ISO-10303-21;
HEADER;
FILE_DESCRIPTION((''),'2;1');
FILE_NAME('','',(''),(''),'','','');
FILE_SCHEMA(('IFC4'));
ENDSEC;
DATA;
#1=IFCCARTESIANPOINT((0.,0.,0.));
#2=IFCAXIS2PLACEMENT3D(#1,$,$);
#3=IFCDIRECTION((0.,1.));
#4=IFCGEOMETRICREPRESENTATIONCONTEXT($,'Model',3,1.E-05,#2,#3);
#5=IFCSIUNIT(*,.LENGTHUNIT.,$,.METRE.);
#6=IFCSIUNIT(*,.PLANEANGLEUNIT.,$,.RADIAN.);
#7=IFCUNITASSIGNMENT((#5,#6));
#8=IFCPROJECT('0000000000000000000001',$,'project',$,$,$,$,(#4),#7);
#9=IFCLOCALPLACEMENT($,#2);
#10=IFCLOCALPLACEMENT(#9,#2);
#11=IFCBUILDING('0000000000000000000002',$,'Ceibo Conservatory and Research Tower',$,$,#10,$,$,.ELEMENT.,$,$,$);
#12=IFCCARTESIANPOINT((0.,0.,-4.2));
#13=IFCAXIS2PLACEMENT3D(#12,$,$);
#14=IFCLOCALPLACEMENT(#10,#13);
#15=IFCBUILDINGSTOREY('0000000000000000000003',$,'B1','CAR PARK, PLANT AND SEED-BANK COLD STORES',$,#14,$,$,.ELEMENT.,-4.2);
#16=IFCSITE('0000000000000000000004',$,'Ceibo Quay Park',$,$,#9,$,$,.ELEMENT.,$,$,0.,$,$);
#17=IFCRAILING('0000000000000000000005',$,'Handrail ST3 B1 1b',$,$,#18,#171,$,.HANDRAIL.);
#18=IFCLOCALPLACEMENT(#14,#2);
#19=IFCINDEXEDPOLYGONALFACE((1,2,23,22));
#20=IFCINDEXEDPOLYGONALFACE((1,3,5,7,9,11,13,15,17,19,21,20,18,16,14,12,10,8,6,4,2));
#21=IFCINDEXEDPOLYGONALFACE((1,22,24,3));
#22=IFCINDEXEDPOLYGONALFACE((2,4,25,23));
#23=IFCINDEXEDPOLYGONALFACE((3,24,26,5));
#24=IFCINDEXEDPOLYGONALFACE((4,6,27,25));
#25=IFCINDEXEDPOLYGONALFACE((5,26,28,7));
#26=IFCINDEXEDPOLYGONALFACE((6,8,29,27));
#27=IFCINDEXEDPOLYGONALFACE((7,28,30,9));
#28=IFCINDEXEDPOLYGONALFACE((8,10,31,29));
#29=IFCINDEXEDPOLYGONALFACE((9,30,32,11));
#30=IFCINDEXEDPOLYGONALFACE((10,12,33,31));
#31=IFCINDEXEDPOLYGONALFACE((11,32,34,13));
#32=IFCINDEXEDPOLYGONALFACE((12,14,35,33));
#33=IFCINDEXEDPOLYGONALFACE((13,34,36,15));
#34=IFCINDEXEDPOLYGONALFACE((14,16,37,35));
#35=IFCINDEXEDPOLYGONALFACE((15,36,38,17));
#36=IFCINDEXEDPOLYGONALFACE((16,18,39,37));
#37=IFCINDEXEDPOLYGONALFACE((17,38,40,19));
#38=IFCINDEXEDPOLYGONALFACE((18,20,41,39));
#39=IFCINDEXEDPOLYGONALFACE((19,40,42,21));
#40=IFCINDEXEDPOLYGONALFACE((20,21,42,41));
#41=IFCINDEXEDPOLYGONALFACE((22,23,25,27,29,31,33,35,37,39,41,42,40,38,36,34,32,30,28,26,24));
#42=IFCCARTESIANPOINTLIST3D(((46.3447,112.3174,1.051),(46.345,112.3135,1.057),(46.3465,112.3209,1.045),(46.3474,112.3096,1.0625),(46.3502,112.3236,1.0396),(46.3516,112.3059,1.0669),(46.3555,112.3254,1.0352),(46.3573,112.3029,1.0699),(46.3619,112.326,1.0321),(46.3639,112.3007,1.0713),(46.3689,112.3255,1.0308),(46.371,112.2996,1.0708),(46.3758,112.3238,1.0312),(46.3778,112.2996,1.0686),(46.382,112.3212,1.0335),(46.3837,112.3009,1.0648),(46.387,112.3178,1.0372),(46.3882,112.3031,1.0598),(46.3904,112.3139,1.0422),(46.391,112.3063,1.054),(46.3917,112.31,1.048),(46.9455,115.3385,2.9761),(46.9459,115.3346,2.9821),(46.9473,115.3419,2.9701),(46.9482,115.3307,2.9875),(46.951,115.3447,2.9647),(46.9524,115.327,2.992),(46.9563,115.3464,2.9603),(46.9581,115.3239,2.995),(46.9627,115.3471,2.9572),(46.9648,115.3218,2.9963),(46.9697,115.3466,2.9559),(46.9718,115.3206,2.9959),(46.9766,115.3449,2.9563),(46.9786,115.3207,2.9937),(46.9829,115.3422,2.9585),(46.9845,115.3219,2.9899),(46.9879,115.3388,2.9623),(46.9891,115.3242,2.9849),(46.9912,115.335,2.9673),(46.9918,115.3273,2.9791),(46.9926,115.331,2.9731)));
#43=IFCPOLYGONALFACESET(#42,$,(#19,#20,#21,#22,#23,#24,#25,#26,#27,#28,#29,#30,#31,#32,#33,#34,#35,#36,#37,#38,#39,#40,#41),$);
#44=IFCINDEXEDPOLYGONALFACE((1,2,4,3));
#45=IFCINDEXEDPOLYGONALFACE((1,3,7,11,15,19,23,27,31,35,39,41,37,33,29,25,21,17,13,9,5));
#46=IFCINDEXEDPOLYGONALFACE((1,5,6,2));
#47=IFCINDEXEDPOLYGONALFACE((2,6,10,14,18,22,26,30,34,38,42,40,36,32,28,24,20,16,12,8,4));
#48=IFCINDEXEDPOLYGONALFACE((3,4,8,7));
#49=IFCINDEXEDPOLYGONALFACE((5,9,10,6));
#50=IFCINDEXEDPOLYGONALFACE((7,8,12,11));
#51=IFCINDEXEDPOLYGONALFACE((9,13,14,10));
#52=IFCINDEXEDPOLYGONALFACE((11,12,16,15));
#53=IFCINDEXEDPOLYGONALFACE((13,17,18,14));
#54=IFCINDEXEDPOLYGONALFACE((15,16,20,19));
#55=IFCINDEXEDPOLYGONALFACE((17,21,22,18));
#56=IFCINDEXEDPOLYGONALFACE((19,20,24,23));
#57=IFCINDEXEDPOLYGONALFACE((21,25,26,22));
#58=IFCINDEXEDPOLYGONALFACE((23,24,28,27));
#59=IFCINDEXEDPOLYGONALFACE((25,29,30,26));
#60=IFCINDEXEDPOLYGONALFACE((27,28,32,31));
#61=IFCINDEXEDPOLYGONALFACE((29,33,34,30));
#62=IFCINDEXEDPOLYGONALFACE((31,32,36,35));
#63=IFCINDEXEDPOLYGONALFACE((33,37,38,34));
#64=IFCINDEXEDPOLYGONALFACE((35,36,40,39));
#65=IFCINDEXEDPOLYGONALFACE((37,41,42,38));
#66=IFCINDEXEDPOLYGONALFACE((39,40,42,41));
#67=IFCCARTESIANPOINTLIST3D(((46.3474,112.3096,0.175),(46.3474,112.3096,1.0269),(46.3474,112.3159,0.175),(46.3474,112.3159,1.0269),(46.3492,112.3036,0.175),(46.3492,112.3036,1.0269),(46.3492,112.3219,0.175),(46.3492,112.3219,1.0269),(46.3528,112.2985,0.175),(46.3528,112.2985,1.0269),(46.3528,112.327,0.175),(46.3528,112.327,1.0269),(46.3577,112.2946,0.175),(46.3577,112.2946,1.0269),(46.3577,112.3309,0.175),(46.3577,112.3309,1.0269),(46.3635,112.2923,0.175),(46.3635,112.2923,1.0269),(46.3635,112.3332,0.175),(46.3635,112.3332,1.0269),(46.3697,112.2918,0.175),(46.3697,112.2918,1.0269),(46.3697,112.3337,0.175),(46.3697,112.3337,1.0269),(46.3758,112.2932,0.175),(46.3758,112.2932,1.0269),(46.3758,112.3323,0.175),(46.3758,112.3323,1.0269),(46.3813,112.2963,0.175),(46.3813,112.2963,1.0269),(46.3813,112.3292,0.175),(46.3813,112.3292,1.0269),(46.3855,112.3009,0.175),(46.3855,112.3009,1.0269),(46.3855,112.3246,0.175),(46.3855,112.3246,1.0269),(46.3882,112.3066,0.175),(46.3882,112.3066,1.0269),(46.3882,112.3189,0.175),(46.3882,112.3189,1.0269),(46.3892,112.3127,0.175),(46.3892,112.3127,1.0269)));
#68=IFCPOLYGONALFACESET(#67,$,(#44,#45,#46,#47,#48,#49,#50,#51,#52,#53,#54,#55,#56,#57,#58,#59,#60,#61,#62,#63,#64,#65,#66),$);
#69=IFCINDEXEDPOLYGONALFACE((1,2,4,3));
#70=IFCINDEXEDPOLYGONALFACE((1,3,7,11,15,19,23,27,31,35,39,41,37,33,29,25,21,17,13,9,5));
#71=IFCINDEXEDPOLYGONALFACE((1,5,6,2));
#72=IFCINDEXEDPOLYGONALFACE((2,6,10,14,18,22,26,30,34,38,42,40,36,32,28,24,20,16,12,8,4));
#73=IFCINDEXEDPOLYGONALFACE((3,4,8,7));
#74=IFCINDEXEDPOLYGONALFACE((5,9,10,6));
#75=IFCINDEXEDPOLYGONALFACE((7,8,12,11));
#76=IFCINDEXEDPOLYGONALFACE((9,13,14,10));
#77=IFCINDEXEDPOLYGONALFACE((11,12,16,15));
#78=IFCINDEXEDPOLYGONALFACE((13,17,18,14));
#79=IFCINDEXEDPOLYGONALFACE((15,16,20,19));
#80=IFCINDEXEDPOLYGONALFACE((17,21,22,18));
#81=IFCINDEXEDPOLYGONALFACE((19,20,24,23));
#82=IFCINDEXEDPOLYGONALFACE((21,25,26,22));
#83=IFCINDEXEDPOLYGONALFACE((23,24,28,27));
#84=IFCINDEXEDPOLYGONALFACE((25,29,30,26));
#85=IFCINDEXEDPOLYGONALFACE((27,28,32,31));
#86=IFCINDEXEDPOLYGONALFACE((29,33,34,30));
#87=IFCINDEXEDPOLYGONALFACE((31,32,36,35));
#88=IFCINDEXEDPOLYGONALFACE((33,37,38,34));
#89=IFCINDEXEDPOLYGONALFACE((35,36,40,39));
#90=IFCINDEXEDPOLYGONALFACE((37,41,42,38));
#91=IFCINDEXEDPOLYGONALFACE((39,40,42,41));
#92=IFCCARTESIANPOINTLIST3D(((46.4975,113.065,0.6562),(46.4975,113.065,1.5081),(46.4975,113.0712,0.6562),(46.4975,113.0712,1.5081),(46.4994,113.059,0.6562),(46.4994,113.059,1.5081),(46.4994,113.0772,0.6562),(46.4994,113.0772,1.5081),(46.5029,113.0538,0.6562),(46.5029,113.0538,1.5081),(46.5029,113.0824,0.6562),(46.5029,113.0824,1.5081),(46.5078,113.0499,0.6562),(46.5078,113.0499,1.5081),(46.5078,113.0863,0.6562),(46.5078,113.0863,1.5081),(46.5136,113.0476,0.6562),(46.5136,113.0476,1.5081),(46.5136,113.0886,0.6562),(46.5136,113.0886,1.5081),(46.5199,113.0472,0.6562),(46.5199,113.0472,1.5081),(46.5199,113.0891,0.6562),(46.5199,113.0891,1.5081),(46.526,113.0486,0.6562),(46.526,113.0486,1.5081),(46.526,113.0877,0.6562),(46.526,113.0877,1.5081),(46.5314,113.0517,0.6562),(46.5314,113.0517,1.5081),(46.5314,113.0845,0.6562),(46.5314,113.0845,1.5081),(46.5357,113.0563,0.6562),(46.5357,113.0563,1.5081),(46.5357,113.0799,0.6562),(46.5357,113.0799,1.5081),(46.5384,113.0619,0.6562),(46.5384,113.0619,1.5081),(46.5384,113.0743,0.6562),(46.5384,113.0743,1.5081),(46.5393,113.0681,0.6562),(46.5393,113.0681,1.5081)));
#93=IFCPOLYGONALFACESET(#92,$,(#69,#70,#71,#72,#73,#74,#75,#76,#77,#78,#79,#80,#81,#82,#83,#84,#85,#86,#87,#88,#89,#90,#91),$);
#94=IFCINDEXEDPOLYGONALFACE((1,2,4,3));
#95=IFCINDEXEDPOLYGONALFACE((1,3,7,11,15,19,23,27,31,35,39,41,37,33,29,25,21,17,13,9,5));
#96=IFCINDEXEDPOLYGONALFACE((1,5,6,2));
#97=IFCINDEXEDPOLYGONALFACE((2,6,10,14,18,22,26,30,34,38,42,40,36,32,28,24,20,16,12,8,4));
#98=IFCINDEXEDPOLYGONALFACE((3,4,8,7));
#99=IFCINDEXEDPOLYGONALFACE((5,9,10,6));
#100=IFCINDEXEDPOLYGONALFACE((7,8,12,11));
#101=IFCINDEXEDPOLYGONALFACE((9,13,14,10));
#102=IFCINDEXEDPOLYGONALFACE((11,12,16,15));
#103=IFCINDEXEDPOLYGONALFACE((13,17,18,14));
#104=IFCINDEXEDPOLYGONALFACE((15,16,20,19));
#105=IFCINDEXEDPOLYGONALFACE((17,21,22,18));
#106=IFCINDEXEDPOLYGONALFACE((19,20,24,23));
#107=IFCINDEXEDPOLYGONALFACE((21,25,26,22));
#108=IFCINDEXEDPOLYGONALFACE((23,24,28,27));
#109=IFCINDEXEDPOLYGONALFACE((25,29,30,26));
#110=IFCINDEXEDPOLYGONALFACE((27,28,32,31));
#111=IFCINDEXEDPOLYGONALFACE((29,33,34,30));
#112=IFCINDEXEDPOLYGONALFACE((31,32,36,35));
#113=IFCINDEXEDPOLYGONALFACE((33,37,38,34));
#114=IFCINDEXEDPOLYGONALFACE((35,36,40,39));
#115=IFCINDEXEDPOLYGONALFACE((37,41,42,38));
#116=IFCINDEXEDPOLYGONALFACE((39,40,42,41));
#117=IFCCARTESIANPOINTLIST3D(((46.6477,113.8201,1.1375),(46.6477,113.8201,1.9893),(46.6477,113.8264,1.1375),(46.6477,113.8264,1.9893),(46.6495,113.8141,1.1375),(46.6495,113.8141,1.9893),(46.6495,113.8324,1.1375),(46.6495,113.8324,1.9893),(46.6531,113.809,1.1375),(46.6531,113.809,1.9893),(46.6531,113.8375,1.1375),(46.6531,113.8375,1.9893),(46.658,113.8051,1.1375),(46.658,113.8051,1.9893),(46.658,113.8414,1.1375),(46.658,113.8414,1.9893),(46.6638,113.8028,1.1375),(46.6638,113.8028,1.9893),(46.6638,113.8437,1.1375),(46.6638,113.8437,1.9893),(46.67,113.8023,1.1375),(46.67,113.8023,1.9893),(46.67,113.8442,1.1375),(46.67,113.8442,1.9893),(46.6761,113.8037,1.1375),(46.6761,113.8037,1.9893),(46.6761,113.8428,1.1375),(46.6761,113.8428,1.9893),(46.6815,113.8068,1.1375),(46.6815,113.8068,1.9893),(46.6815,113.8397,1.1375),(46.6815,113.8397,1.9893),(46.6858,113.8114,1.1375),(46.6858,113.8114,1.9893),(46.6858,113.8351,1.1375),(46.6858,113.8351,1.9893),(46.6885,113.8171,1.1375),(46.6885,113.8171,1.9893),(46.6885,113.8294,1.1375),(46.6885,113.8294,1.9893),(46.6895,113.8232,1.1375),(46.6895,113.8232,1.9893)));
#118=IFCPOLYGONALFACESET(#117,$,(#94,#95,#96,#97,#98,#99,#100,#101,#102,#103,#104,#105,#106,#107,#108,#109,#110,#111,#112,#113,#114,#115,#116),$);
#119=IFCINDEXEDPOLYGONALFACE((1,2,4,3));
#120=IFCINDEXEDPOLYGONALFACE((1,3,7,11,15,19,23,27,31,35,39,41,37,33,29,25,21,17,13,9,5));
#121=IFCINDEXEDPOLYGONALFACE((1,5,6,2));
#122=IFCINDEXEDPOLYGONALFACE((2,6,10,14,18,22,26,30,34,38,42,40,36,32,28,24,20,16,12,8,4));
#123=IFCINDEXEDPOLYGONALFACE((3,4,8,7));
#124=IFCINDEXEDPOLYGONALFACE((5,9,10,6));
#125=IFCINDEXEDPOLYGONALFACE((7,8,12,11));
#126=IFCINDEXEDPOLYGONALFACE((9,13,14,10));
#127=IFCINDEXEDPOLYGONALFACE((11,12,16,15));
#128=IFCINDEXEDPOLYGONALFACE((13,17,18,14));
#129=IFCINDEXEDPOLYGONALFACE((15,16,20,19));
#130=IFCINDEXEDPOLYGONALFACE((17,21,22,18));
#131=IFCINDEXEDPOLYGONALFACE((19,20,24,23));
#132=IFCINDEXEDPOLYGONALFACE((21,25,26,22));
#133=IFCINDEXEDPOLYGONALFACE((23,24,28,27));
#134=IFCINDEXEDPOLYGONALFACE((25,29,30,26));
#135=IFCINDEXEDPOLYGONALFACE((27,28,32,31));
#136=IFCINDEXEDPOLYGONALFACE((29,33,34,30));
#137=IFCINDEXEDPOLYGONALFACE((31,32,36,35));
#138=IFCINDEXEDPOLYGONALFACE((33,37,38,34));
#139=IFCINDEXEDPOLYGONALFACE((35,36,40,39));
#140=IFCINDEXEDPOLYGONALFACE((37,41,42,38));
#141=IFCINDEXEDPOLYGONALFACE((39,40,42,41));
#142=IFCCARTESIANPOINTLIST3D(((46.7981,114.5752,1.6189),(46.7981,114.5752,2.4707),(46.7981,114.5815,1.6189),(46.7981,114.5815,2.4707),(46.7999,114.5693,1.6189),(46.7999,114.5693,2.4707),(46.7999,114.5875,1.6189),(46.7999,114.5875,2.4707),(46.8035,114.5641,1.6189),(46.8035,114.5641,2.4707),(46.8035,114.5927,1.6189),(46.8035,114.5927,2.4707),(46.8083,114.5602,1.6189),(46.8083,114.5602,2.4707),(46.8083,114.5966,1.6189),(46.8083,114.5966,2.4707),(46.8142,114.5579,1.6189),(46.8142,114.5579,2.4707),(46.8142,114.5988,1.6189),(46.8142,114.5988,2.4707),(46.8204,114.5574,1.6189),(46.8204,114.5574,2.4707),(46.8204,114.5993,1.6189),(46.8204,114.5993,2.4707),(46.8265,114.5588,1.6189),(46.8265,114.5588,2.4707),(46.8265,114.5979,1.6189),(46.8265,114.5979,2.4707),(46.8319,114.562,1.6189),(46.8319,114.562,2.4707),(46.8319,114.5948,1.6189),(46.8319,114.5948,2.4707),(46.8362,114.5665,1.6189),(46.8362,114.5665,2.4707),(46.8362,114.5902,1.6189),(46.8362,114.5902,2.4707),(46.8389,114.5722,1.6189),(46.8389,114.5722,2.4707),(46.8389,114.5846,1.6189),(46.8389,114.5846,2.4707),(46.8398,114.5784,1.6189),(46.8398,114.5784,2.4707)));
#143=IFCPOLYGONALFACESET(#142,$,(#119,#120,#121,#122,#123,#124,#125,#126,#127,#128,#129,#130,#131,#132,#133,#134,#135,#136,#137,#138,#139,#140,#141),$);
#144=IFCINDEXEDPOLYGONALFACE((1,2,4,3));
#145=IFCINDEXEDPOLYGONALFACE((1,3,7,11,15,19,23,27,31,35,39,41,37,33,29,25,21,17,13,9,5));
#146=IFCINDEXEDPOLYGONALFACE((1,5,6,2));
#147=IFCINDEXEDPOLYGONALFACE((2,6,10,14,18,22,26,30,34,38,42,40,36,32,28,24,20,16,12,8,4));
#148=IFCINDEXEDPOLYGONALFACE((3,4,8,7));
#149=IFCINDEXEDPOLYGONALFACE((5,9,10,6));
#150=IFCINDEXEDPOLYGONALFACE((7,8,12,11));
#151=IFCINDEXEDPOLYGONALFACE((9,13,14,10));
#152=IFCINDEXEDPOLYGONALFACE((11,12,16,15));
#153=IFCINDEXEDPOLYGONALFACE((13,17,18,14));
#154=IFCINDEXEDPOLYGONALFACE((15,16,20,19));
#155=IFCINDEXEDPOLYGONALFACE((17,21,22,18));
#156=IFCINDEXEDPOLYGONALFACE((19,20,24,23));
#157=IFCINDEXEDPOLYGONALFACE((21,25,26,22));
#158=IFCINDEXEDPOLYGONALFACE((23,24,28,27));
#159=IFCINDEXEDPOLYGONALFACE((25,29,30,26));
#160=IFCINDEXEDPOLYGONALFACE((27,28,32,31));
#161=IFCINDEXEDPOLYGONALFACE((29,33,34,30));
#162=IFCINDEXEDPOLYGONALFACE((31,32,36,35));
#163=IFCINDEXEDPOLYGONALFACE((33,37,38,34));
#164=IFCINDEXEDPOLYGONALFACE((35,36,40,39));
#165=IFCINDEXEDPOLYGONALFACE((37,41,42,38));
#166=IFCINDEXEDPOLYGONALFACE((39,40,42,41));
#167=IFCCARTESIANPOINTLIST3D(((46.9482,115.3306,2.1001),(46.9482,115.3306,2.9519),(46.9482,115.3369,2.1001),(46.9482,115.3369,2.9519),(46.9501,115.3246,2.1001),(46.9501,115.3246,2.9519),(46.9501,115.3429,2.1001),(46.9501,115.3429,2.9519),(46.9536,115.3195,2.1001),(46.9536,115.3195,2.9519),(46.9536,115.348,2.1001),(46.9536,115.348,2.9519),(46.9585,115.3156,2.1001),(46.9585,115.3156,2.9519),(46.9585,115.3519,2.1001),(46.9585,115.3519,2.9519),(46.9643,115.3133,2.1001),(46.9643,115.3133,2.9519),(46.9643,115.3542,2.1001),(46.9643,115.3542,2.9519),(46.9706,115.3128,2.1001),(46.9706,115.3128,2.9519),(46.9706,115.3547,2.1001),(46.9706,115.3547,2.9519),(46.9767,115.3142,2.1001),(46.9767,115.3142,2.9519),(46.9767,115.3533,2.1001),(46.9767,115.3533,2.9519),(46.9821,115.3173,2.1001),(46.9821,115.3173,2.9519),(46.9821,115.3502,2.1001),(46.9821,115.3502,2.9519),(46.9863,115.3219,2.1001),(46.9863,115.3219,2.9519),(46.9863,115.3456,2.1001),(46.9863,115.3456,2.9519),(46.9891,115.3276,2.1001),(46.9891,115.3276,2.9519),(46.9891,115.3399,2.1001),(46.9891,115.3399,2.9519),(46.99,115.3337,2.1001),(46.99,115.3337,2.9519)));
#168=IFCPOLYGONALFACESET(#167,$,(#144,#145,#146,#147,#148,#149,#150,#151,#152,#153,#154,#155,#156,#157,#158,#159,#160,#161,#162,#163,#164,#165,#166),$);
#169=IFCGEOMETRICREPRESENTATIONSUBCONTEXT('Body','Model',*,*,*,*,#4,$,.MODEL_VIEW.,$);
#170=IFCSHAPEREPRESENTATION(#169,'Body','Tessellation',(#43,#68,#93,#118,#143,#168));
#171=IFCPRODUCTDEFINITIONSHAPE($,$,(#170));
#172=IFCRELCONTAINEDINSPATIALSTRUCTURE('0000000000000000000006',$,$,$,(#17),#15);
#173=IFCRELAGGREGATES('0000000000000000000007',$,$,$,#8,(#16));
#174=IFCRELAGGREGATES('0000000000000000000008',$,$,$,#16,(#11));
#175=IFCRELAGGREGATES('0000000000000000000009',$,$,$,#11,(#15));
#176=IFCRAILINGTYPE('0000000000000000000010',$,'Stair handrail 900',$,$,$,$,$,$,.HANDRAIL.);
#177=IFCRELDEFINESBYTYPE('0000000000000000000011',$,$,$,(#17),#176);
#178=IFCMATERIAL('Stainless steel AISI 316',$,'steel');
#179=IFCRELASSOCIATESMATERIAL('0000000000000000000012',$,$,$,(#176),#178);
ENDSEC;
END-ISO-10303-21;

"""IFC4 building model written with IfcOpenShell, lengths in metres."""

from ifc_helpers import new_model, si_unit, direction, frame, origin, origin_2d, place, context, subcontext, project, spatial, circle, extrude, material, type_object, element, save


model = new_model("IFC4")

# Units and contexts
model_context = context("Model", 3, precision=1e-05, world=origin(), true_north=direction((0.0, 1.0)))
body_context = subcontext(model_context, "Body", "Model", "MODEL_VIEW")
ifc_project = project(units=[si_unit("LENGTHUNIT", "METRE"), si_unit("PLANEANGLEUNIT", "RADIAN")], contexts=[model_context])

# Site, building, storey
site_placement = place(None, origin())
site = spatial("IfcSite", under=ifc_project, at=site_placement, Name="Ceibo Quay Park", CompositionType="ELEMENT", RefElevation=0.0)
building_placement = place(site_placement, origin())
building = spatial("IfcBuilding", under=site, at=building_placement, Name="Ceibo Conservatory and Research Tower", CompositionType="ELEMENT")
storey_placement = place(building_placement, frame((0.0, 0.0, -4.2)))
storey = spatial("IfcBuildingStorey", under=building, at=storey_placement, Name="B1", Description="CAR PARK, PLANT AND SEED-BANK COLD STORES", CompositionType="ELEMENT", Elevation=-4.2)

# Railing
ifc_material_1 = material(Name="Stainless steel AISI 316", Category="steel")
railing_type = type_object("IfcRailingType", Name="Stair handrail 900", PredefinedType="HANDRAIL", material=ifc_material_1)
railing_1_placement = place(storey_placement, frame((46.3682, 112.3127, 0.175)))
element("IfcRailing", 1, at=railing_1_placement, inside=storey, type_object=railing_type, Name="Handrail ST3 B1 1b", PredefinedType="HANDRAIL", context=body_context, shape_type="SweptSolid", body=[
    extrude(circle(Radius=0.0239, at=origin_2d()), frame((0.0, 0.0, 0.876), z_axis=(0.165415, 0.831715, 0.529988), x_axis=(-0.98079, 0.195064, 0.0)), (0.0, 0.0, 1.0), 3.6323),
    extrude(circle(Radius=0.021, at=origin_2d()), origin(), (0.0, 0.0, 1.0), 0.8518),
    extrude(circle(Radius=0.021, at=origin_2d()), frame((0.1501, 0.7554, 0.4812)), (0.0, 0.0, 1.0), 0.8518),
    extrude(circle(Radius=0.021, at=origin_2d()), frame((0.3003, 1.5105, 0.9624)), (0.0, 0.0, 1.0), 0.8518),
    extrude(circle(Radius=0.021, at=origin_2d()), frame((0.4507, 2.2656, 1.4438)), (0.0, 0.0, 1.0), 0.8518),
    extrude(circle(Radius=0.021, at=origin_2d()), frame((0.6008, 3.021, 1.925)), (0.0, 0.0, 1.0), 0.8518),
])

save(model, "model.ifc")
